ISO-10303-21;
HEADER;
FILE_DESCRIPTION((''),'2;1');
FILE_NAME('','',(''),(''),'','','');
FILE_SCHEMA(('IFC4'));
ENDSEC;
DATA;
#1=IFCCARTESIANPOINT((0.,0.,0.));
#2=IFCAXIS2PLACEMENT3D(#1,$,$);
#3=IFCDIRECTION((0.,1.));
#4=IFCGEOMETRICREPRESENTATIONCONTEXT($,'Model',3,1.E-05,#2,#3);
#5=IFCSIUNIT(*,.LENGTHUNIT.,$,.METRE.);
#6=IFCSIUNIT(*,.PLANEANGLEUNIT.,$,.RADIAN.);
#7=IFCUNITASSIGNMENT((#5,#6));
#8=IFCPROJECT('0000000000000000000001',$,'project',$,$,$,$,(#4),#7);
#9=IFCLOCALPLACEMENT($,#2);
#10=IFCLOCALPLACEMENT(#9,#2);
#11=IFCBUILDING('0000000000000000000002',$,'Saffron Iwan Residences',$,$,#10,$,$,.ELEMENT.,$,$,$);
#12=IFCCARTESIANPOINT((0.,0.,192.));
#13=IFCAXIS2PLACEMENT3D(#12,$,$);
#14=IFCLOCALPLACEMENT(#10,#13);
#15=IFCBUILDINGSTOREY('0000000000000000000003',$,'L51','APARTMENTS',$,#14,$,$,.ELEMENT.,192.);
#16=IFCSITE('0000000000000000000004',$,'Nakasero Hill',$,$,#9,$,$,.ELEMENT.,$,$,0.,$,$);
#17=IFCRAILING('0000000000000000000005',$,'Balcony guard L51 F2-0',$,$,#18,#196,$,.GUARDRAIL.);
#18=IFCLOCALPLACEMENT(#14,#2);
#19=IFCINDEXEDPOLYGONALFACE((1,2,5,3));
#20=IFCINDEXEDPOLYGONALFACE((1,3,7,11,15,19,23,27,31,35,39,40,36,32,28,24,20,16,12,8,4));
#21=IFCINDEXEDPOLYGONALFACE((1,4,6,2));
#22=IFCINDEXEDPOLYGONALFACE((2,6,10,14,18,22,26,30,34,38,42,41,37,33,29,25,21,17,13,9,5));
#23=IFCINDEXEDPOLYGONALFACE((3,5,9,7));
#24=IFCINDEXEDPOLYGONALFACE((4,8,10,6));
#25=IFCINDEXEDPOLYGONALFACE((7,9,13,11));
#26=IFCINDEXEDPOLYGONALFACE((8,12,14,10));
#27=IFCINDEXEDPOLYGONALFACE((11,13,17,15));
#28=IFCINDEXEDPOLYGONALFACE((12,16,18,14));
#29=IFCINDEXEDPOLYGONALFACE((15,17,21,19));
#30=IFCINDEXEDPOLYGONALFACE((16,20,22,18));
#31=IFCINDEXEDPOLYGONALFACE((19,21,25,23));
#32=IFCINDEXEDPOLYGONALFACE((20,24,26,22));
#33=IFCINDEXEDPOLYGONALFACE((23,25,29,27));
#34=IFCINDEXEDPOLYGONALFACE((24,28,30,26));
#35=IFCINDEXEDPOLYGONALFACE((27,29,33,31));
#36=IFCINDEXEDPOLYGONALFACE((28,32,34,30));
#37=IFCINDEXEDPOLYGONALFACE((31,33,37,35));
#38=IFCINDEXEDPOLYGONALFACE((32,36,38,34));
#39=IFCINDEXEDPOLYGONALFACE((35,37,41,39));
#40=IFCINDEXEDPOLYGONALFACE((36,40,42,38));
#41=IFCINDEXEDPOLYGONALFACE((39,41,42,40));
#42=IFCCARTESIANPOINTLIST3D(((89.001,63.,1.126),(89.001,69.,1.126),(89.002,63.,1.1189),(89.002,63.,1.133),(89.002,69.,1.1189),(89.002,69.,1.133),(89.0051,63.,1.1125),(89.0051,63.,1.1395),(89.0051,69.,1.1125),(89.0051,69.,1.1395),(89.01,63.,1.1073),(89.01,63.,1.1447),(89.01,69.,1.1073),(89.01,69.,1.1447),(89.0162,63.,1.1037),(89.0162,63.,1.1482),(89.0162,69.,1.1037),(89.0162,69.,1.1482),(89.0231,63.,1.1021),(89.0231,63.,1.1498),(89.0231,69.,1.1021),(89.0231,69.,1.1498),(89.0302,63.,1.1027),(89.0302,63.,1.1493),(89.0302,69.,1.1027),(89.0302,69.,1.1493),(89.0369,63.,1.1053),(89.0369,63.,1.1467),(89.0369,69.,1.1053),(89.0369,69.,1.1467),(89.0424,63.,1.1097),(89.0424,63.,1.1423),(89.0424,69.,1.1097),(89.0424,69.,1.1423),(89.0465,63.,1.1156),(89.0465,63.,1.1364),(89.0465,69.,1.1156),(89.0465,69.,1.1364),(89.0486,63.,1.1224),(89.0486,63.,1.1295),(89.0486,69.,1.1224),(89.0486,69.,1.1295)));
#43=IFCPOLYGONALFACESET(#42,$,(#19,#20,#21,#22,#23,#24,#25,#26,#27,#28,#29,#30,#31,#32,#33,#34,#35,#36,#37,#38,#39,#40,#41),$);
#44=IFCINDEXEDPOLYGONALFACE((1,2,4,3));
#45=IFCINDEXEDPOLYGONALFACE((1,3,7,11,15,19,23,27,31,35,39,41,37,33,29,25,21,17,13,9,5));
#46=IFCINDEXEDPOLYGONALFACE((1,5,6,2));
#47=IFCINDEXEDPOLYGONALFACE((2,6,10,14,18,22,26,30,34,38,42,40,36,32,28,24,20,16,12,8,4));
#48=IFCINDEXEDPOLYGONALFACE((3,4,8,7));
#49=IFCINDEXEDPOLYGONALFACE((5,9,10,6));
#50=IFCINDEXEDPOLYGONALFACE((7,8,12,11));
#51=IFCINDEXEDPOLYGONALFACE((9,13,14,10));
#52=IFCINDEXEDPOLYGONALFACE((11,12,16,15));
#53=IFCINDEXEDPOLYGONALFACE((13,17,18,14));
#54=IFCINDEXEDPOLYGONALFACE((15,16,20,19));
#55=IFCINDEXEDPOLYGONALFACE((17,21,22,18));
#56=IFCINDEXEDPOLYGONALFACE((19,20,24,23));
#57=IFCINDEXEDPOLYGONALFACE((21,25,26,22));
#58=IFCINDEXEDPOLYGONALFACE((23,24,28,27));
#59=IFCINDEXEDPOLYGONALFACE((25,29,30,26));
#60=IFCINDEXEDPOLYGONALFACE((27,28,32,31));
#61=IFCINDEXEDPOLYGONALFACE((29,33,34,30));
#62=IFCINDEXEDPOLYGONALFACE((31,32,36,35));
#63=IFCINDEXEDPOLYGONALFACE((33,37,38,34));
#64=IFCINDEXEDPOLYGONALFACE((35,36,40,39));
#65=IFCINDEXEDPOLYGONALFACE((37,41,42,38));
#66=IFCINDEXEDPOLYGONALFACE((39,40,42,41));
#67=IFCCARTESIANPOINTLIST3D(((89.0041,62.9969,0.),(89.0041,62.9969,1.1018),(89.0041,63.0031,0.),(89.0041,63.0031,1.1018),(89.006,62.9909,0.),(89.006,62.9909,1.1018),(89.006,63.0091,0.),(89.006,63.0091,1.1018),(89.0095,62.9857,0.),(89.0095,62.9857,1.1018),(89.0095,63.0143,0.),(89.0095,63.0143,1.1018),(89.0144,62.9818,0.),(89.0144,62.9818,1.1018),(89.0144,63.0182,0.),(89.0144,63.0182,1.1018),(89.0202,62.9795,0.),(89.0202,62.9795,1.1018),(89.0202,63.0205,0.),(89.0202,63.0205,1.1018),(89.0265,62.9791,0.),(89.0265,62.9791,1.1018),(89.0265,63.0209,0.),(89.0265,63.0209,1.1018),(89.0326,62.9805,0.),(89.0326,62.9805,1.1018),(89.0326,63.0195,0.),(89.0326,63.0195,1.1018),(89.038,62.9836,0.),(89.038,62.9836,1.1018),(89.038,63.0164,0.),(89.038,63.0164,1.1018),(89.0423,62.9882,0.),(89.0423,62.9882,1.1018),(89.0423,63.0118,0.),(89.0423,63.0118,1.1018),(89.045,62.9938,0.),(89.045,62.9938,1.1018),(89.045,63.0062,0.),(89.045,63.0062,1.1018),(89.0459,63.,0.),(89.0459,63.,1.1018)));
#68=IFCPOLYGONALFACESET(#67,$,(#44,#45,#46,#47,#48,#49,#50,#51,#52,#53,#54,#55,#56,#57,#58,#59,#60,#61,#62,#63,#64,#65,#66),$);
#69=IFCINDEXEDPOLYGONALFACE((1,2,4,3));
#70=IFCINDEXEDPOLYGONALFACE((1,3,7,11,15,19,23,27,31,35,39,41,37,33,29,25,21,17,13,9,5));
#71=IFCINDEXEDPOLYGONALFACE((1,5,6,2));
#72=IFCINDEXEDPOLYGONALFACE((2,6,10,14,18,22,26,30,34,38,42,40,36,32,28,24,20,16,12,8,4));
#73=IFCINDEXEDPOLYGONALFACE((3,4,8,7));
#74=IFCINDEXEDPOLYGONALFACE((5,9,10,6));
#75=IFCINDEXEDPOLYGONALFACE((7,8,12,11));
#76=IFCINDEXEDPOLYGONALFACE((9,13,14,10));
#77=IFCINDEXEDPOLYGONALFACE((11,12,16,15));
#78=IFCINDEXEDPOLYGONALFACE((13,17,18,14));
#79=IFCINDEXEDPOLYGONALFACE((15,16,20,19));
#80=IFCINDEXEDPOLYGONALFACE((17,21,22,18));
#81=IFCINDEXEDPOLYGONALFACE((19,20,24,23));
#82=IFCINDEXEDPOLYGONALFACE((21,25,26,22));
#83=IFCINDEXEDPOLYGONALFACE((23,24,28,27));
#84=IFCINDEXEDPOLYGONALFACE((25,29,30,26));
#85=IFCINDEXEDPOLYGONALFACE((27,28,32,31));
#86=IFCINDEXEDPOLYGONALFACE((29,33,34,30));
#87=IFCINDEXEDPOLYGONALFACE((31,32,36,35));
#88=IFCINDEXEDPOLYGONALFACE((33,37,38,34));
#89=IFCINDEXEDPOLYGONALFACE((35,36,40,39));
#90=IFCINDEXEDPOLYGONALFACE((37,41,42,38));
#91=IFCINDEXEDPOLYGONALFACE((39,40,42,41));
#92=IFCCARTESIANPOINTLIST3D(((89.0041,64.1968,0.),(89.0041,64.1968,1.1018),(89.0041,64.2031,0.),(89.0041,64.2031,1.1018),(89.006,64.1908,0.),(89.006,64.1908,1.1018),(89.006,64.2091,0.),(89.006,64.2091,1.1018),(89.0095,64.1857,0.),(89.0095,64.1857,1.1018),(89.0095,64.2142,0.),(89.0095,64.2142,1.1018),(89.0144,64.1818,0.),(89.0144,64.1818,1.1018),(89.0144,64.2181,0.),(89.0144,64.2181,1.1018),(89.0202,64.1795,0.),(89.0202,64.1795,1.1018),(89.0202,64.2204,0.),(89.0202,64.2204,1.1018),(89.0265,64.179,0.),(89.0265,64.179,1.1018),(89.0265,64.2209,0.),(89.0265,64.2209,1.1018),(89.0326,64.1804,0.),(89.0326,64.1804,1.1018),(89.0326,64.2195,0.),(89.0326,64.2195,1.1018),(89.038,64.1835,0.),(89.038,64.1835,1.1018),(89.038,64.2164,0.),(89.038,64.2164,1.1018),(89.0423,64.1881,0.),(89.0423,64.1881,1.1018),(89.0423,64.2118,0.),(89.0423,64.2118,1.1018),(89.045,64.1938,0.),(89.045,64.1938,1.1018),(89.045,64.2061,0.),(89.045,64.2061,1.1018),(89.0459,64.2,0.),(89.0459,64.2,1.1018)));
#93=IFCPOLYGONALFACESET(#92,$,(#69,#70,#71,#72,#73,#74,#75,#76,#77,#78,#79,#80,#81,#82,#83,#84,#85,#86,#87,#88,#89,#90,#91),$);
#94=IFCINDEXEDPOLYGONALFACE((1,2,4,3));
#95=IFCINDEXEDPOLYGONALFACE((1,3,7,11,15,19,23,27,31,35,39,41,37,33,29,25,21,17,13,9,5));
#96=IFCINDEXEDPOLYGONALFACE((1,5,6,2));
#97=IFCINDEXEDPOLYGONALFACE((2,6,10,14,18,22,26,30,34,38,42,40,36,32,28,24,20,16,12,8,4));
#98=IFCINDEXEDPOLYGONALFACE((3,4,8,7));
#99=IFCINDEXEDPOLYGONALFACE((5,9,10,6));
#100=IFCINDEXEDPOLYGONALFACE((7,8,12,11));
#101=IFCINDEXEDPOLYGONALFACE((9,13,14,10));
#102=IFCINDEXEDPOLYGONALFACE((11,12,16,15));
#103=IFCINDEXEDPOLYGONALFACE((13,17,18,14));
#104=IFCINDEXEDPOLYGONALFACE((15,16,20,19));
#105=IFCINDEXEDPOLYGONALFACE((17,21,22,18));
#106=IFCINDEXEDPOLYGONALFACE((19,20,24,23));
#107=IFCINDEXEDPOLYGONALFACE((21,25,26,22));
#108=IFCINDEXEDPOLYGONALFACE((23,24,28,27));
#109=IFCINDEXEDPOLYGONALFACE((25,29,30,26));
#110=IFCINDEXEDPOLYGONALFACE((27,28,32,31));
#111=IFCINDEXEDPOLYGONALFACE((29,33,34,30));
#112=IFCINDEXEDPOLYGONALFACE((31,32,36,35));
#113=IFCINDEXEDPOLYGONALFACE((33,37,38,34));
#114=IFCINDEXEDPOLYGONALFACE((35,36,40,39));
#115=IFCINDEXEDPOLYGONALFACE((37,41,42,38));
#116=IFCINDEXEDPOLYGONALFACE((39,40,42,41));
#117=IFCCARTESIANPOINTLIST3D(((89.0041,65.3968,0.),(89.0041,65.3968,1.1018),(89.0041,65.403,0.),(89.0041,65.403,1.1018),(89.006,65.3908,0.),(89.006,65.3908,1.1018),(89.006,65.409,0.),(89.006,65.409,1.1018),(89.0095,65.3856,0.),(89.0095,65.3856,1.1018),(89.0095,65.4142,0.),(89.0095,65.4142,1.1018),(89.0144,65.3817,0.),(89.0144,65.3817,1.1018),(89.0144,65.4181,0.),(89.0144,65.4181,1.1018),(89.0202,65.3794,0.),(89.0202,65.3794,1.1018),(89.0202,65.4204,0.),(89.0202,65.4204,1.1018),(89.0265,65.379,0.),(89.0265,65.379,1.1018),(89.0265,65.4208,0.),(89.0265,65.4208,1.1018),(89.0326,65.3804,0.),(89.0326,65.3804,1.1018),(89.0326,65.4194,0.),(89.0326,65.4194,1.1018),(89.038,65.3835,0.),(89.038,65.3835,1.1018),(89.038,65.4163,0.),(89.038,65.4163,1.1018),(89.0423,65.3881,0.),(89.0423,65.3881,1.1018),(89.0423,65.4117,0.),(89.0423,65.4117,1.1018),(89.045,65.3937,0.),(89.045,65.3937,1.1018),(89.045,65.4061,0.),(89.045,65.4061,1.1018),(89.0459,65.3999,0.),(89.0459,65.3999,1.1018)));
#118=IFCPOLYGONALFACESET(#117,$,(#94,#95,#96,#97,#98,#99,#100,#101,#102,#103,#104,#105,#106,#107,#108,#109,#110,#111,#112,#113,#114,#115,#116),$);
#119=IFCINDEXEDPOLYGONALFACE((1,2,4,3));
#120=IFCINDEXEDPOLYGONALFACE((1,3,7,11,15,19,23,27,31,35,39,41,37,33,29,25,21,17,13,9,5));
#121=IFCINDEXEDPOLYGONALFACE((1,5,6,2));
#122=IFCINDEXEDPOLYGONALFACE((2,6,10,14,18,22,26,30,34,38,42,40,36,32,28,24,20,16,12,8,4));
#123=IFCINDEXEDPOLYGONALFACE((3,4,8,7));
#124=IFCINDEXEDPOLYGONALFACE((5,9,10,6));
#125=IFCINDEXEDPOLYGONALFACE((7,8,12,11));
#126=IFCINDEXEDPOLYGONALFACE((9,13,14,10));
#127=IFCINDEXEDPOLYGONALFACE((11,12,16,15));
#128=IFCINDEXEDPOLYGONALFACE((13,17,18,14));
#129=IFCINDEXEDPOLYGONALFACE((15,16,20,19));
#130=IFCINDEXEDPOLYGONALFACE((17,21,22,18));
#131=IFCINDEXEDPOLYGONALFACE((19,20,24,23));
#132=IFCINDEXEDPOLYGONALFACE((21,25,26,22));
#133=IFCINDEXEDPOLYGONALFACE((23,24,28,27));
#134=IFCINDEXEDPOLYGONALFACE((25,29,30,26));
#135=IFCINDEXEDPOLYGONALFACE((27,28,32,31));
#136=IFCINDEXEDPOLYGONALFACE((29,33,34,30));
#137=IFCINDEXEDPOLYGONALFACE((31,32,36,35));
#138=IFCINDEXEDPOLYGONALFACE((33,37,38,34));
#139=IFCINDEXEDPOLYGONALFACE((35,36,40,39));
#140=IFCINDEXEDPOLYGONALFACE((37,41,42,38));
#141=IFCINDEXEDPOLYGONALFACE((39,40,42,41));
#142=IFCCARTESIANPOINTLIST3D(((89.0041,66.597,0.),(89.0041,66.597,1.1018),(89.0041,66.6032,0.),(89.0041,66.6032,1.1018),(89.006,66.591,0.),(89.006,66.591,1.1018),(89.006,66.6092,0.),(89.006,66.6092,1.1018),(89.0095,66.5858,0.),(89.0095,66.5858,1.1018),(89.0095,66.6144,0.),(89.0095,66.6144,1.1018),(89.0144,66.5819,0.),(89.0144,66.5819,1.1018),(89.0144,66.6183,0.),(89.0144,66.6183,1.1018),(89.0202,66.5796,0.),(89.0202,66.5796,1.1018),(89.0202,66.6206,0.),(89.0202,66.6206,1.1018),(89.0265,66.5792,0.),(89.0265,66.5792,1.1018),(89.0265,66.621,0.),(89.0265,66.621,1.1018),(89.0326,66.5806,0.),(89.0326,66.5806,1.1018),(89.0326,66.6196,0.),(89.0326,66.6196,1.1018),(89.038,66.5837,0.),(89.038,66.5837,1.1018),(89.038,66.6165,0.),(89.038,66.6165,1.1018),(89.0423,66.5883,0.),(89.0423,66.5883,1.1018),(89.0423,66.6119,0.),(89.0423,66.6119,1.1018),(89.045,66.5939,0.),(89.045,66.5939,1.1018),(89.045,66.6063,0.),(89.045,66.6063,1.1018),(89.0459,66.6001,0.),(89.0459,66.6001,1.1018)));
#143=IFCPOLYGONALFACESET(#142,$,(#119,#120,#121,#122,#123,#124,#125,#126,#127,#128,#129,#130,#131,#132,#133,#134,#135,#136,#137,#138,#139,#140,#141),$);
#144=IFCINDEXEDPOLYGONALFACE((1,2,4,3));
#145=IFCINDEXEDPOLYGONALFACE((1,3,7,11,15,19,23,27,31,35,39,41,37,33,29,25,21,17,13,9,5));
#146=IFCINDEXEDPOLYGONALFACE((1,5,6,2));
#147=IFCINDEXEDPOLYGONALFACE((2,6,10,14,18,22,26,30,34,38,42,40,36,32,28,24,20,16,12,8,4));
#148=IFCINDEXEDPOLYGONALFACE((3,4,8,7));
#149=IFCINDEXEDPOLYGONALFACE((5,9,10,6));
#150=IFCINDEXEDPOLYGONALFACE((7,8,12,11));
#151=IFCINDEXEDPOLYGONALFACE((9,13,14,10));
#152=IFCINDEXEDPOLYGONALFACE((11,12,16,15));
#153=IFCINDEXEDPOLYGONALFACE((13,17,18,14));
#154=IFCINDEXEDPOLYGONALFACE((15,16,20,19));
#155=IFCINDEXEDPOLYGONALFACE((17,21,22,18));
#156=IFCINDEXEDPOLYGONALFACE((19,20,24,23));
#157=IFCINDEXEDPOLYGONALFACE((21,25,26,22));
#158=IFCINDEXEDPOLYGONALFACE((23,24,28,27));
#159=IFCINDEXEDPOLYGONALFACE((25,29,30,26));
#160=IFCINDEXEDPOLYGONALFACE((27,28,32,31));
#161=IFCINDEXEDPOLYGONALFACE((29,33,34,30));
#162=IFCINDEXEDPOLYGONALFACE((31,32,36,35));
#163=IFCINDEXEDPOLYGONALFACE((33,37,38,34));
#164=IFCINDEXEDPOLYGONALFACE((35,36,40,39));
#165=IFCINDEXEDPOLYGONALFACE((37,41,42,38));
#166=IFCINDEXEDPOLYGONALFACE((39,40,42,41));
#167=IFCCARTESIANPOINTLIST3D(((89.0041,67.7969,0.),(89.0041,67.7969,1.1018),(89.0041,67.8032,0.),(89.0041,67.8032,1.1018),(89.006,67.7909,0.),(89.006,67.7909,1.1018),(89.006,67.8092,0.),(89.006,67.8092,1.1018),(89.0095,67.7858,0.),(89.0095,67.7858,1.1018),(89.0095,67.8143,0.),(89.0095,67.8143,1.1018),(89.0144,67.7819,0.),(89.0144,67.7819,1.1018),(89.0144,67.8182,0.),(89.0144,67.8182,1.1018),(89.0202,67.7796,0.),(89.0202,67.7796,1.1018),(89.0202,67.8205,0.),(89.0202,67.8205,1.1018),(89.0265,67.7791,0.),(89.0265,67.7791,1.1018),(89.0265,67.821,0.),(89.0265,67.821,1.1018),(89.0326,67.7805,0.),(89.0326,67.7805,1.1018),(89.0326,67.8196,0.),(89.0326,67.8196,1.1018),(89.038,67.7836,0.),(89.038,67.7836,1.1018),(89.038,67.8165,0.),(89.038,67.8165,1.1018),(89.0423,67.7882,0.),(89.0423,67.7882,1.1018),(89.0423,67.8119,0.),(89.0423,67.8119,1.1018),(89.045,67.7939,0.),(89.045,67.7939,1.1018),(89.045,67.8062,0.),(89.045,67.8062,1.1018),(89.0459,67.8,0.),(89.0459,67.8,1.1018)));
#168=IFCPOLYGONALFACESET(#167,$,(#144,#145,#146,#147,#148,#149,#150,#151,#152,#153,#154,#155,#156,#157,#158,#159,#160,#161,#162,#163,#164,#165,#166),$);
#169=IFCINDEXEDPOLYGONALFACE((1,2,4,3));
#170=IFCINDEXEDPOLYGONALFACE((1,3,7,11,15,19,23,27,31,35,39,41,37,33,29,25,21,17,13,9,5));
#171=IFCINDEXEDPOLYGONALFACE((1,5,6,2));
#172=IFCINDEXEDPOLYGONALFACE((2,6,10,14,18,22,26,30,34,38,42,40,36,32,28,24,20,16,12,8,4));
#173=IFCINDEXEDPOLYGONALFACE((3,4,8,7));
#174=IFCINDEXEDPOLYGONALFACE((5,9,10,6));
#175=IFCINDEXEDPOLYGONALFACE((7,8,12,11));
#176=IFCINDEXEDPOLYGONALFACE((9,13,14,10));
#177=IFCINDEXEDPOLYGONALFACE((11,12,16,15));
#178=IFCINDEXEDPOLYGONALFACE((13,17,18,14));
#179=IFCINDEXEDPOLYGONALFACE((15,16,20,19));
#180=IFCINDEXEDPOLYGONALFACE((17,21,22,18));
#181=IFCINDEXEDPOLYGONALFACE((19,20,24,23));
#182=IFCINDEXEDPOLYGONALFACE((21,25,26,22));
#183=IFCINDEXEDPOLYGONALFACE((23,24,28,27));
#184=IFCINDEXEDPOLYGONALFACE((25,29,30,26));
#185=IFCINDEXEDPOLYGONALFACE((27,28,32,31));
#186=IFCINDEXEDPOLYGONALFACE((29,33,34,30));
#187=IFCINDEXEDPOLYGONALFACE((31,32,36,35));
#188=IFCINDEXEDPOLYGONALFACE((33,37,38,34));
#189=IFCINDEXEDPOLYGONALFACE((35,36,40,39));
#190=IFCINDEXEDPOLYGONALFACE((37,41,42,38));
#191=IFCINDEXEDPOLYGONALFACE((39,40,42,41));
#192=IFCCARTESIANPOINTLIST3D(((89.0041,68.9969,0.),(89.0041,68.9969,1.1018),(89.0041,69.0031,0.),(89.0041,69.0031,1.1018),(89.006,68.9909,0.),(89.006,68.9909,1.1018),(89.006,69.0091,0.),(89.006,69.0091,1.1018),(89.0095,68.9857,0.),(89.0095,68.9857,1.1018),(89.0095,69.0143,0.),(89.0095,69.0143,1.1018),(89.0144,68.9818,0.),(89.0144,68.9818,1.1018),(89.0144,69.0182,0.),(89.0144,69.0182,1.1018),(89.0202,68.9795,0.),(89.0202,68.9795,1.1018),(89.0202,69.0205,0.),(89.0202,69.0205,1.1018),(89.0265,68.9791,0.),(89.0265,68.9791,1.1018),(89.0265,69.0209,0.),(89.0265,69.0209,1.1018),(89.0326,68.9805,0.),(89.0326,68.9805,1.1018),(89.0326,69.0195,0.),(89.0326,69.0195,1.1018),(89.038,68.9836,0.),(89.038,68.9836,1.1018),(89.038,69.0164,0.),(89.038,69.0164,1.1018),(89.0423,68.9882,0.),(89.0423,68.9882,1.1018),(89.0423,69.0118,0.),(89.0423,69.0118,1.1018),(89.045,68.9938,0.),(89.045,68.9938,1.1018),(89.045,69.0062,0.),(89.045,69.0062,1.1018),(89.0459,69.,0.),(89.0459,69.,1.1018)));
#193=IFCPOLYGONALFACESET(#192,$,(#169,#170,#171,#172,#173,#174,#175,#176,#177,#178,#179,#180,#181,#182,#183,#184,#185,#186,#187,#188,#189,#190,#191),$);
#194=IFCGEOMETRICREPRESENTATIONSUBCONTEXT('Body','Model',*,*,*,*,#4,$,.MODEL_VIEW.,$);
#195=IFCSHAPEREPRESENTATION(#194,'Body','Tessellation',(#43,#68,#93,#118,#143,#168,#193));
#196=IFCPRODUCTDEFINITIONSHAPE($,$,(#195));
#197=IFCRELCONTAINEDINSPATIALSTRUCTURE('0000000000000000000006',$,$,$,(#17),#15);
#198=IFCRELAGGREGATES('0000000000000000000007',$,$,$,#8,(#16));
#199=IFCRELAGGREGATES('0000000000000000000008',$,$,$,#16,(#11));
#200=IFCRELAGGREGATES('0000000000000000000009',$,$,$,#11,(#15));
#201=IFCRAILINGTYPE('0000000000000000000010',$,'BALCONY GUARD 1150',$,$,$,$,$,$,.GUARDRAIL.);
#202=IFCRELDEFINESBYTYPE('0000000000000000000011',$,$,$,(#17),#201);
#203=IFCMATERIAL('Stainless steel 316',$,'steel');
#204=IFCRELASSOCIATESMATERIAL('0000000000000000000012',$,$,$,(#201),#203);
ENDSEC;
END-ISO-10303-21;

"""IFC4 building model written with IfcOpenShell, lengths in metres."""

from ifc_helpers import new_model, si_unit, direction, frame, origin, origin_2d, place, context, subcontext, project, spatial, circle, extrude, material, type_object, element, save


model = new_model("IFC4")

# Units and contexts
model_context = context("Model", 3, precision=1e-05, world=origin(), true_north=direction((0.0, 1.0)))
body_context = subcontext(model_context, "Body", "Model", "MODEL_VIEW")
ifc_project = project(units=[si_unit("LENGTHUNIT", "METRE"), si_unit("PLANEANGLEUNIT", "RADIAN")], contexts=[model_context])

# Site, building, storey
site_placement = place(None, origin())
site = spatial("IfcSite", under=ifc_project, at=site_placement, Name="Nakasero Hill", CompositionType="ELEMENT", RefElevation=0.0)
building_placement = place(site_placement, origin())
building = spatial("IfcBuilding", under=site, at=building_placement, Name="Saffron Iwan Residences", CompositionType="ELEMENT")
storey_placement = place(building_placement, frame((0.0, 0.0, 192.0)))
storey = spatial("IfcBuildingStorey", under=building, at=storey_placement, Name="L51", Description="APARTMENTS", CompositionType="ELEMENT", Elevation=192.0)

# Railing
ifc_material_1 = material(Name="Stainless steel 316", Category="steel")
railing_type = type_object("IfcRailingType", Name="BALCONY GUARD 1150", PredefinedType="GUARDRAIL", material=ifc_material_1)
railing_placement = place(storey_placement, frame((89.0249, 63.0, 0.0)))
element("IfcRailing", 1, at=railing_placement, inside=storey, type_object=railing_type, Name="Balcony guard L51 F2-0", PredefinedType="GUARDRAIL", context=body_context, shape_type="SweptSolid", body=[
    extrude(circle(Radius=0.0239, at=origin_2d()), frame((0.0, 0.0, 1.126), z_axis=(0.0, 1.0, 0.0), x_axis=(-1.0, 0.0, 0.0)), (0.0, 0.0, 1.0), 6.0),
    extrude(circle(Radius=0.021, at=origin_2d()), origin(), (0.0, 0.0, 1.0), 1.1018),
    extrude(circle(Radius=0.021, at=origin_2d()), frame((0.0, 1.2, 0.0)), (0.0, 0.0, 1.0), 1.1018),
    extrude(circle(Radius=0.021, at=origin_2d()), frame((0.0, 2.3999, 0.0)), (0.0, 0.0, 1.0), 1.1018),
    extrude(circle(Radius=0.021, at=origin_2d()), frame((0.0, 3.6001, 0.0)), (0.0, 0.0, 1.0), 1.1018),
    extrude(circle(Radius=0.021, at=origin_2d()), frame((0.0, 4.8, 0.0)), (0.0, 0.0, 1.0), 1.1018),
    extrude(circle(Radius=0.021, at=origin_2d()), frame((0.0, 6.0, 0.0)), (0.0, 0.0, 1.0), 1.1018),
])

save(model, "model.ifc")
